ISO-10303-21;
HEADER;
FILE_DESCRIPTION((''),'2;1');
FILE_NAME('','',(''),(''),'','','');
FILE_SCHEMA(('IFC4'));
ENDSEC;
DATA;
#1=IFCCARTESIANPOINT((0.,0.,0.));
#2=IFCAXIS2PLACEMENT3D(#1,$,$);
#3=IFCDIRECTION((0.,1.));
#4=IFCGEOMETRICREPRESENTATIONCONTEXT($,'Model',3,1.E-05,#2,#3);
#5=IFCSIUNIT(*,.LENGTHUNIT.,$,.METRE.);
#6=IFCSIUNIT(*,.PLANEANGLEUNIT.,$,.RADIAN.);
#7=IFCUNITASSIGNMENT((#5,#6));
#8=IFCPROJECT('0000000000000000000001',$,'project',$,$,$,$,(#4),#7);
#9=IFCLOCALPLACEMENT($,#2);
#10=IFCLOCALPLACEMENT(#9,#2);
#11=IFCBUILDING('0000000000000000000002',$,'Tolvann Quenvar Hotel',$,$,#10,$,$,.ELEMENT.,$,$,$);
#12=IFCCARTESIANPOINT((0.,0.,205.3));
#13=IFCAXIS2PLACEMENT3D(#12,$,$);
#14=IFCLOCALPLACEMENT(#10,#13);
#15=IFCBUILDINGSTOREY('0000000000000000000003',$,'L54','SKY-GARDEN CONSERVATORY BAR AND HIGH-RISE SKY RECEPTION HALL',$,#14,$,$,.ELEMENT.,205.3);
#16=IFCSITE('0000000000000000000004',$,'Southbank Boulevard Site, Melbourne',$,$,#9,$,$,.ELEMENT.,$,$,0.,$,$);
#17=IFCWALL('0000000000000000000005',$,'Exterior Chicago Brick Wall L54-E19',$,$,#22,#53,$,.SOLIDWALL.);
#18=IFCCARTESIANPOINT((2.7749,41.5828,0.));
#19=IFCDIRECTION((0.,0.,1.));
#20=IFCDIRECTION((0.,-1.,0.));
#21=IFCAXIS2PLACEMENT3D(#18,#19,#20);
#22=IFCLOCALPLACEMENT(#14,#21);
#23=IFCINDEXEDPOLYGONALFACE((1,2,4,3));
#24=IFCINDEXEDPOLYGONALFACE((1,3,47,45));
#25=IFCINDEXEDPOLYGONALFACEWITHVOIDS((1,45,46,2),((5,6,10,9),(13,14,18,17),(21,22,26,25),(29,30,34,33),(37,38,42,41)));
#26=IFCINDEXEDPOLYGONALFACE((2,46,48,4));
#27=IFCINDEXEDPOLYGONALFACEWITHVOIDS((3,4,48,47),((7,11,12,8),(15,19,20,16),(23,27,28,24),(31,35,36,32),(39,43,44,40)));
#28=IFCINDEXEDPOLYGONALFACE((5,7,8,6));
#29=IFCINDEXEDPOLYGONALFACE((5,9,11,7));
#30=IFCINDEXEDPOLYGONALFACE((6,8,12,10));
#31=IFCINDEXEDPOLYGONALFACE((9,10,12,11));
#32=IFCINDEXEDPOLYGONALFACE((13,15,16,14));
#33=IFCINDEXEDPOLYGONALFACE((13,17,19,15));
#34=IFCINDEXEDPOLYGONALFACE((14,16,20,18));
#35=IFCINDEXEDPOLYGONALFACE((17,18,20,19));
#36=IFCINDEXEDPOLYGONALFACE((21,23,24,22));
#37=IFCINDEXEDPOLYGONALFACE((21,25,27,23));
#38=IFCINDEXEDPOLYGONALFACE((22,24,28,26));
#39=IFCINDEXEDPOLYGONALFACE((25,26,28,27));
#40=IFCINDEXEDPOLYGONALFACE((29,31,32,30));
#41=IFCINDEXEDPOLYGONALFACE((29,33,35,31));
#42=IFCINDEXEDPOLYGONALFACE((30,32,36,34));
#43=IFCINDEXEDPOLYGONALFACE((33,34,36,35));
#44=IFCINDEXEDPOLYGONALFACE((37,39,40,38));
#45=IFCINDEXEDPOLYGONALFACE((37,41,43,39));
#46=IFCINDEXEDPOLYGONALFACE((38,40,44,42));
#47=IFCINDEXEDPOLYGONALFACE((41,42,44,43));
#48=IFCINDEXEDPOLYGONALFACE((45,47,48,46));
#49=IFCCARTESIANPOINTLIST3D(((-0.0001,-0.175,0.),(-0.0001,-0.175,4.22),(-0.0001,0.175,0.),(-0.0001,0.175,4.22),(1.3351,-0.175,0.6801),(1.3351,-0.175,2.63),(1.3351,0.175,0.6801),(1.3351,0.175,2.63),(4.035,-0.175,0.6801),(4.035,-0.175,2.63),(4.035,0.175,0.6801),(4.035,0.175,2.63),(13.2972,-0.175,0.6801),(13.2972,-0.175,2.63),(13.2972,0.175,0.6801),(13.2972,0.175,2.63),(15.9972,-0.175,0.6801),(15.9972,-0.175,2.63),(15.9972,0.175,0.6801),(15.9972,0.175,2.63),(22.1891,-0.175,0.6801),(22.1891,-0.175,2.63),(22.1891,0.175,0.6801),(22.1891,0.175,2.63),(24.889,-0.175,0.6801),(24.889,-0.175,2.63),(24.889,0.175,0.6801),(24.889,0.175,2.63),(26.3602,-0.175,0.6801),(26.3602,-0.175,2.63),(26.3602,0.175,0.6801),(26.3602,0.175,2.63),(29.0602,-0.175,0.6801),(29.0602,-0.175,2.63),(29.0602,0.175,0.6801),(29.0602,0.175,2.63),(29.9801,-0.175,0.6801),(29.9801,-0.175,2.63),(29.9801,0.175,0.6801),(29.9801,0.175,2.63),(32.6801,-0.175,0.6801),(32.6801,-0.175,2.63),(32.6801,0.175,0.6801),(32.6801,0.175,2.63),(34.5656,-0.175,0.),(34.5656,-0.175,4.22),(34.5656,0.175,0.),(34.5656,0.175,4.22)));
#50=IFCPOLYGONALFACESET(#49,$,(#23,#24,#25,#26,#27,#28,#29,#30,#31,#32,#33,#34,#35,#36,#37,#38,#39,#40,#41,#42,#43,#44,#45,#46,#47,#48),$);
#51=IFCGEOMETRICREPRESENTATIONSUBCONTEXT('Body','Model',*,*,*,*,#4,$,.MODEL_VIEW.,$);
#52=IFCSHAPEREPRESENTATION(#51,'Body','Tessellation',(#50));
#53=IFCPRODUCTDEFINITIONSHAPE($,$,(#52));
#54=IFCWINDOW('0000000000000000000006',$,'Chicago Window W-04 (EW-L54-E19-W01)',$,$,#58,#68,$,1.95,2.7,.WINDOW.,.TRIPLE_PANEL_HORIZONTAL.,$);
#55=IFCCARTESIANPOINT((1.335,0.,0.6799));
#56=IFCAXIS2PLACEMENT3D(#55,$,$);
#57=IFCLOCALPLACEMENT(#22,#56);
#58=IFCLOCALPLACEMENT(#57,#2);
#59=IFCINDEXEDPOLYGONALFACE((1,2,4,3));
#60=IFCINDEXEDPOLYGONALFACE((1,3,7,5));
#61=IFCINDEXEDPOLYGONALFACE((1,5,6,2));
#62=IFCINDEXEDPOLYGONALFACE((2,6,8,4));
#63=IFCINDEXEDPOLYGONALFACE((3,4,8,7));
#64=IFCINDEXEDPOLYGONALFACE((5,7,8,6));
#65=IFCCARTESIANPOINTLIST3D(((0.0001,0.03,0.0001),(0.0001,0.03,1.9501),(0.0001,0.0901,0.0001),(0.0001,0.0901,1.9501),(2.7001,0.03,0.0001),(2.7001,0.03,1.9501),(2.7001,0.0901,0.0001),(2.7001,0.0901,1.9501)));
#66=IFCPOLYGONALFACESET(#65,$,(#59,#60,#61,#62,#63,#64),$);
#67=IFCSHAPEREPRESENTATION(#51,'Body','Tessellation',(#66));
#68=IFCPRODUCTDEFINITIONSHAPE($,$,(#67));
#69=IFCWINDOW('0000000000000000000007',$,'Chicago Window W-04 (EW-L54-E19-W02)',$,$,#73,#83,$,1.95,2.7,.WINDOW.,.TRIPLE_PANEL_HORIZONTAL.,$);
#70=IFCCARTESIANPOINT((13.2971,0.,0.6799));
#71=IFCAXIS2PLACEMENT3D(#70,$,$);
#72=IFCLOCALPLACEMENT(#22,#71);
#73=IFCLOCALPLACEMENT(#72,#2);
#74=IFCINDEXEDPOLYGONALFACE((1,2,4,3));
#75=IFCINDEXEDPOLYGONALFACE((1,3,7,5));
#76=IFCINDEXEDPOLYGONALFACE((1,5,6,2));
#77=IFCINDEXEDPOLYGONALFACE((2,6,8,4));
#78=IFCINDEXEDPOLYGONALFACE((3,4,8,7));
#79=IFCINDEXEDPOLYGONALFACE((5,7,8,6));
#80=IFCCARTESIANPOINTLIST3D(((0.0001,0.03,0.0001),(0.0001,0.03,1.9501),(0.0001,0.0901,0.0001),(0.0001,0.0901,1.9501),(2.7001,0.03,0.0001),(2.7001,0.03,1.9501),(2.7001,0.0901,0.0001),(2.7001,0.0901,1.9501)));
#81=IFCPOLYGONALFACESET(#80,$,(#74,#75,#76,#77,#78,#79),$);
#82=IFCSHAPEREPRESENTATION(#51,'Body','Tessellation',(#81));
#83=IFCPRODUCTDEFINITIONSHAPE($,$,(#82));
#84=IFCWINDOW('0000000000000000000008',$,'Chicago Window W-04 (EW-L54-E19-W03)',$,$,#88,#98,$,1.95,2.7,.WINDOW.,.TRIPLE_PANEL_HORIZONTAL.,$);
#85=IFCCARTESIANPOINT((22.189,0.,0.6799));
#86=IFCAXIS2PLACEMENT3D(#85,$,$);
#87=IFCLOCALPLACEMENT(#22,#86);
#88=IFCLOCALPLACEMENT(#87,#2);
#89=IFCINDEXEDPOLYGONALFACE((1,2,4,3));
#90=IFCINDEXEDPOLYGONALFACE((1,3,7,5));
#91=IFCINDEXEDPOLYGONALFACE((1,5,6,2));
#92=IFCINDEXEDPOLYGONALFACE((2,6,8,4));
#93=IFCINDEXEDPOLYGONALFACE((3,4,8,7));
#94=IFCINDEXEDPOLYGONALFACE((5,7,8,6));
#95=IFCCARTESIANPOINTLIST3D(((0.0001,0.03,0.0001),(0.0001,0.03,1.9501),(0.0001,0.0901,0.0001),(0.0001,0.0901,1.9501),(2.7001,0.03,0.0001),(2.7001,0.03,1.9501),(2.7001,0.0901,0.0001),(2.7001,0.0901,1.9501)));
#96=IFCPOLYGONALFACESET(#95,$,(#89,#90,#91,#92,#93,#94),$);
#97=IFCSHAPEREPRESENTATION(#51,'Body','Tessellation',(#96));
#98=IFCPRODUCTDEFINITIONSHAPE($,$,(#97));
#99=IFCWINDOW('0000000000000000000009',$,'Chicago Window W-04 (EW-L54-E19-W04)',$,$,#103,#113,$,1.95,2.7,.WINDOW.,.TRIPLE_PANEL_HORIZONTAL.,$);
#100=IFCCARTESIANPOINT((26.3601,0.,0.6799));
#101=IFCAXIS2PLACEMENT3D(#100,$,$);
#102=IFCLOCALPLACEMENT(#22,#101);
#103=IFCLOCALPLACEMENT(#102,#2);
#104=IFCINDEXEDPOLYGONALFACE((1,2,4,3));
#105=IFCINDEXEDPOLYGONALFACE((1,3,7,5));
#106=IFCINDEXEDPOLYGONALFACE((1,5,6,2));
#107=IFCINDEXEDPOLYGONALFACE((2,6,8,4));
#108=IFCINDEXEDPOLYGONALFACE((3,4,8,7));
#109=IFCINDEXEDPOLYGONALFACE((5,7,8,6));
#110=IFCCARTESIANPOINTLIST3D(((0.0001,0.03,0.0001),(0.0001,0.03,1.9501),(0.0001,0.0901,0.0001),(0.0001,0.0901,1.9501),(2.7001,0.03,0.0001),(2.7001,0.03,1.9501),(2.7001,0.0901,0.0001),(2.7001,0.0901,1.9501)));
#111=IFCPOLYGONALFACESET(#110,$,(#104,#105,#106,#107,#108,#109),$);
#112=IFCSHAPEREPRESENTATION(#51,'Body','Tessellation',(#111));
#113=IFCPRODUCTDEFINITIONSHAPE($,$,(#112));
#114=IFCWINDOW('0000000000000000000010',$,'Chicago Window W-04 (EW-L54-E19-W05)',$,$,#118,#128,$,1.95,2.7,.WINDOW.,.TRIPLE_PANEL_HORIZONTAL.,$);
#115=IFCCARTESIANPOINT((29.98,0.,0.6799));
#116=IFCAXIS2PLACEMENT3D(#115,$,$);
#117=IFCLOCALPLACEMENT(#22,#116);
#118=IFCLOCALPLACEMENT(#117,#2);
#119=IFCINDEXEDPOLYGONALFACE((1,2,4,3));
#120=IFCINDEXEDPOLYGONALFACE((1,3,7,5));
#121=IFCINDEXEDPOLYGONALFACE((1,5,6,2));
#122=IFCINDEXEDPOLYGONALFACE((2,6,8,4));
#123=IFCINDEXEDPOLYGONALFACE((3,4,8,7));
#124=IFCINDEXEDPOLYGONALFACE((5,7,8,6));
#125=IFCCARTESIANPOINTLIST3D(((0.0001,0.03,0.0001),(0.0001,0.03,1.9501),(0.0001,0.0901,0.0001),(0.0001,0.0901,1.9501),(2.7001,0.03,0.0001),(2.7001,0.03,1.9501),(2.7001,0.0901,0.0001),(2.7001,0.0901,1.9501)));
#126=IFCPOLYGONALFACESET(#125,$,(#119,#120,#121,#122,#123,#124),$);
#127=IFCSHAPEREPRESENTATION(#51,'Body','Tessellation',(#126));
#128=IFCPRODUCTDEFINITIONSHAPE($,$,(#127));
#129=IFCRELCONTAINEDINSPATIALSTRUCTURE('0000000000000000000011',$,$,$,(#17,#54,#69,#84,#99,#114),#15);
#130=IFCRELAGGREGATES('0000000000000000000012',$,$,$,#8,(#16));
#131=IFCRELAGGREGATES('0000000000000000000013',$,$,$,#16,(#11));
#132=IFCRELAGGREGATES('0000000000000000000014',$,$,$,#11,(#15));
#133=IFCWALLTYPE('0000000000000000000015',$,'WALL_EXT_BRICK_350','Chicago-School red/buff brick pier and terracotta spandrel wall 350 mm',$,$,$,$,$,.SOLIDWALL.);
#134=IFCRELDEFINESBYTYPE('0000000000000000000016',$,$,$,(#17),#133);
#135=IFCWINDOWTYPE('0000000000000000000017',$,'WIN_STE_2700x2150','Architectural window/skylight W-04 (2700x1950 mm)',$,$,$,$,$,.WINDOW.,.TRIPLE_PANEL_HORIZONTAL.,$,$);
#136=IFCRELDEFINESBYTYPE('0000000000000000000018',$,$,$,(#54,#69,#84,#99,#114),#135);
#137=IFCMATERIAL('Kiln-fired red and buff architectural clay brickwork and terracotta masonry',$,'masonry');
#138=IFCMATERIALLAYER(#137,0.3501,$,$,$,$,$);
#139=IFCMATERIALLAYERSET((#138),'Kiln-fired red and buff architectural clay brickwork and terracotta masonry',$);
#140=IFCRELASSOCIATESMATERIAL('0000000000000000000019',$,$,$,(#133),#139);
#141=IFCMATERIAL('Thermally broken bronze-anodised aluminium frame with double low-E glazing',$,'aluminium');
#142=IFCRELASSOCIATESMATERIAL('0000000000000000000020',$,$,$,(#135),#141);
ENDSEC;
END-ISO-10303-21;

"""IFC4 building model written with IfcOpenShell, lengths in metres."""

from ifc_helpers import new_model, si_unit, direction, frame, frame_2d, origin, place, context, subcontext, project, spatial, rectangle, extrude, source, transform, mapped, material, layer, layer_set, type_object, type_shapes, element, fill, save


model = new_model("IFC4")

# Units and contexts
model_context = context("Model", 3, precision=1e-05, world=origin(), true_north=direction((0.0, 1.0)))
body_context = subcontext(model_context, "Body", "Model", "MODEL_VIEW")
ifc_project = project(units=[si_unit("LENGTHUNIT", "METRE"), si_unit("PLANEANGLEUNIT", "RADIAN")], contexts=[model_context])

# Site, building, storey
site_placement = place(None, origin())
site = spatial("IfcSite", under=ifc_project, at=site_placement, Name="Southbank Boulevard Site, Melbourne", CompositionType="ELEMENT", RefElevation=0.0)
building_placement = place(site_placement, origin())
building = spatial("IfcBuilding", under=site, at=building_placement, Name="Tolvann Quenvar Hotel", CompositionType="ELEMENT")
storey_placement = place(building_placement, frame((0.0, 0.0, 205.3)))
storey = spatial("IfcBuildingStorey", under=building, at=storey_placement, Name="L54", Description="SKY-GARDEN CONSERVATORY BAR AND HIGH-RISE SKY RECEPTION HALL", CompositionType="ELEMENT", Elevation=205.3)

# Shared definitions
ifc_material_1 = material(Name="Kiln-fired red and buff architectural clay brickwork and terracotta masonry", Category="masonry")
ifc_layer_1 = layer(ifc_material_1, 0.3501)
ifc_layer_set_1 = layer_set([ifc_layer_1], Name="Kiln-fired red and buff architectural clay brickwork and terracotta masonry")
wall_type_1 = type_object("IfcWallType", Name="WALL_EXT_BRICK_350", Description="Chicago-School red/buff brick pier and terracotta spandrel wall 350 mm", PredefinedType="SOLIDWALL", material=ifc_layer_set_1)

# Wall, openings, windows
wall_1_placement = place(storey_placement, frame((2.7749, 41.5828, 0.0), z_axis=(0.0, 0.0, 1.0), x_axis=(0.0, -1.0, 0.0)))
wall_1 = element("IfcWall", 1, at=wall_1_placement, inside=storey, type_object=wall_type_1, Name="Exterior Chicago Brick Wall L54-E19", PredefinedType="SOLIDWALL", context=body_context, shape_type="SweptSolid", body=[
    extrude(rectangle(XDim=34.5657, YDim=0.3501, at=frame_2d((17.2827, 0.0))), origin(), (0.0, 0.0, 1.0), 4.22),
])
opening_1_placement = place(wall_1_placement, frame((1.335, 0.0, 0.6799)))
opening_1 = element("IfcOpeningElement", 2, at=opening_1_placement, cuts=wall_1, PredefinedType="OPENING", context=body_context, shape_type="SweptSolid", body=[
    extrude(rectangle(XDim=2.7, YDim=1.95, at=frame_2d((1.3501, 0.9751))), frame((0.0, 0.1851, 0.0), z_axis=(0.0, -1.0, 0.0), x_axis=(1.0, 0.0, 0.0)), (0.0, 0.0, 1.0), 0.3701),
])
opening_2_placement = place(wall_1_placement, frame((13.2971, 0.0, 0.6799)))
opening_2 = element("IfcOpeningElement", 3, at=opening_2_placement, cuts=wall_1, PredefinedType="OPENING", context=body_context, shape_type="SweptSolid", body=[
    extrude(rectangle(XDim=2.7, YDim=1.95, at=frame_2d((1.3501, 0.9751))), frame((0.0, 0.1851, 0.0), z_axis=(0.0, -1.0, 0.0), x_axis=(1.0, 0.0, 0.0)), (0.0, 0.0, 1.0), 0.3701),
])
opening_3_placement = place(wall_1_placement, frame((22.189, 0.0, 0.6799)))
opening_3 = element("IfcOpeningElement", 4, at=opening_3_placement, cuts=wall_1, PredefinedType="OPENING", context=body_context, shape_type="SweptSolid", body=[
    extrude(rectangle(XDim=2.7, YDim=1.95, at=frame_2d((1.3501, 0.9751))), frame((0.0, 0.1851, 0.0), z_axis=(0.0, -1.0, 0.0), x_axis=(1.0, 0.0, 0.0)), (0.0, 0.0, 1.0), 0.3701),
])
opening_4_placement = place(wall_1_placement, frame((26.3601, 0.0, 0.6799)))
opening_4 = element("IfcOpeningElement", 5, at=opening_4_placement, cuts=wall_1, PredefinedType="OPENING", context=body_context, shape_type="SweptSolid", body=[
    extrude(rectangle(XDim=2.7, YDim=1.95, at=frame_2d((1.3501, 0.9751))), frame((0.0, 0.1851, 0.0), z_axis=(0.0, -1.0, 0.0), x_axis=(1.0, 0.0, 0.0)), (0.0, 0.0, 1.0), 0.3701),
])
opening_5_placement = place(wall_1_placement, frame((29.98, 0.0, 0.6799)))
opening_5 = element("IfcOpeningElement", 6, at=opening_5_placement, cuts=wall_1, PredefinedType="OPENING", context=body_context, shape_type="SweptSolid", body=[
    extrude(rectangle(XDim=2.7, YDim=1.95, at=frame_2d((1.3501, 0.9751))), frame((0.0, 0.1851, 0.0), z_axis=(0.0, -1.0, 0.0), x_axis=(1.0, 0.0, 0.0)), (0.0, 0.0, 1.0), 0.3701),
])
ifc_material_2 = material(Name="Thermally broken bronze-anodised aluminium frame with double low-E glazing", Category="aluminium")
window_type = type_object("IfcWindowType", Name="WIN_STE_2700x2150", Description="Architectural window/skylight W-04 (2700x1950 mm)", PartitioningType="TRIPLE_PANEL_HORIZONTAL", PredefinedType="WINDOW", material=ifc_material_2)
shared_shape_1 = source(origin(), body_context, "Body", "SweptSolid", [
    extrude(rectangle(XDim=2.7, YDim=1.95, at=frame_2d((1.3501, 0.9751))), frame((0.0, 0.0901, 0.0), z_axis=(0.0, -1.0, 0.0), x_axis=(1.0, 0.0, 0.0)), (0.0, 0.0, 1.0), 0.0601),
])
type_shapes(window_type, [shared_shape_1])
window_1_placement = place(opening_1_placement, origin())
window_1 = element("IfcWindow", 7, at=window_1_placement, inside=storey, type_object=window_type, Name="Chicago Window W-04 (EW-L54-E19-W01)", OverallHeight=1.95, OverallWidth=2.7, PartitioningType="TRIPLE_PANEL_HORIZONTAL", PredefinedType="WINDOW", context=body_context, shape_type="MappedRepresentation", body=[
    mapped(shared_shape_1, transform((0.0, 0.0, 0.0), x_axis=(1.0, 0.0, 0.0), y_axis=(0.0, 1.0, 0.0), z_axis=(0.0, 0.0, 1.0), scale=1.0)),
])
fill(opening_1, window_1)
window_2_placement = place(opening_2_placement, origin())
window_2 = element("IfcWindow", 8, at=window_2_placement, inside=storey, type_object=window_type, Name="Chicago Window W-04 (EW-L54-E19-W02)", OverallHeight=1.95, OverallWidth=2.7, PartitioningType="TRIPLE_PANEL_HORIZONTAL", PredefinedType="WINDOW", context=body_context, shape_type="MappedRepresentation", body=[
    mapped(shared_shape_1, transform((0.0, 0.0, 0.0), x_axis=(1.0, 0.0, 0.0), y_axis=(0.0, 1.0, 0.0), z_axis=(0.0, 0.0, 1.0), scale=1.0)),
])
fill(opening_2, window_2)
window_3_placement = place(opening_3_placement, origin())
window_3 = element("IfcWindow", 9, at=window_3_placement, inside=storey, type_object=window_type, Name="Chicago Window W-04 (EW-L54-E19-W03)", OverallHeight=1.95, OverallWidth=2.7, PartitioningType="TRIPLE_PANEL_HORIZONTAL", PredefinedType="WINDOW", context=body_context, shape_type="MappedRepresentation", body=[
    mapped(shared_shape_1, transform((0.0, 0.0, 0.0), x_axis=(1.0, 0.0, 0.0), y_axis=(0.0, 1.0, 0.0), z_axis=(0.0, 0.0, 1.0), scale=1.0)),
])
fill(opening_3, window_3)
window_4_placement = place(opening_4_placement, origin())
window_4 = element("IfcWindow", 10, at=window_4_placement, inside=storey, type_object=window_type, Name="Chicago Window W-04 (EW-L54-E19-W04)", OverallHeight=1.95, OverallWidth=2.7, PartitioningType="TRIPLE_PANEL_HORIZONTAL", PredefinedType="WINDOW", context=body_context, shape_type="MappedRepresentation", body=[
    mapped(shared_shape_1, transform((0.0, 0.0, 0.0), x_axis=(1.0, 0.0, 0.0), y_axis=(0.0, 1.0, 0.0), z_axis=(0.0, 0.0, 1.0), scale=1.0)),
])
fill(opening_4, window_4)
window_5_placement = place(opening_5_placement, origin())
window_5 = element("IfcWindow", 11, at=window_5_placement, inside=storey, type_object=window_type, Name="Chicago Window W-04 (EW-L54-E19-W05)", OverallHeight=1.95, OverallWidth=2.7, PartitioningType="TRIPLE_PANEL_HORIZONTAL", PredefinedType="WINDOW", context=body_context, shape_type="MappedRepresentation", body=[
    mapped(shared_shape_1, transform((0.0, 0.0, 0.0), x_axis=(1.0, 0.0, 0.0), y_axis=(0.0, 1.0, 0.0), z_axis=(0.0, 0.0, 1.0), scale=1.0)),
])
fill(opening_5, window_5)

save(model, "model.ifc")
